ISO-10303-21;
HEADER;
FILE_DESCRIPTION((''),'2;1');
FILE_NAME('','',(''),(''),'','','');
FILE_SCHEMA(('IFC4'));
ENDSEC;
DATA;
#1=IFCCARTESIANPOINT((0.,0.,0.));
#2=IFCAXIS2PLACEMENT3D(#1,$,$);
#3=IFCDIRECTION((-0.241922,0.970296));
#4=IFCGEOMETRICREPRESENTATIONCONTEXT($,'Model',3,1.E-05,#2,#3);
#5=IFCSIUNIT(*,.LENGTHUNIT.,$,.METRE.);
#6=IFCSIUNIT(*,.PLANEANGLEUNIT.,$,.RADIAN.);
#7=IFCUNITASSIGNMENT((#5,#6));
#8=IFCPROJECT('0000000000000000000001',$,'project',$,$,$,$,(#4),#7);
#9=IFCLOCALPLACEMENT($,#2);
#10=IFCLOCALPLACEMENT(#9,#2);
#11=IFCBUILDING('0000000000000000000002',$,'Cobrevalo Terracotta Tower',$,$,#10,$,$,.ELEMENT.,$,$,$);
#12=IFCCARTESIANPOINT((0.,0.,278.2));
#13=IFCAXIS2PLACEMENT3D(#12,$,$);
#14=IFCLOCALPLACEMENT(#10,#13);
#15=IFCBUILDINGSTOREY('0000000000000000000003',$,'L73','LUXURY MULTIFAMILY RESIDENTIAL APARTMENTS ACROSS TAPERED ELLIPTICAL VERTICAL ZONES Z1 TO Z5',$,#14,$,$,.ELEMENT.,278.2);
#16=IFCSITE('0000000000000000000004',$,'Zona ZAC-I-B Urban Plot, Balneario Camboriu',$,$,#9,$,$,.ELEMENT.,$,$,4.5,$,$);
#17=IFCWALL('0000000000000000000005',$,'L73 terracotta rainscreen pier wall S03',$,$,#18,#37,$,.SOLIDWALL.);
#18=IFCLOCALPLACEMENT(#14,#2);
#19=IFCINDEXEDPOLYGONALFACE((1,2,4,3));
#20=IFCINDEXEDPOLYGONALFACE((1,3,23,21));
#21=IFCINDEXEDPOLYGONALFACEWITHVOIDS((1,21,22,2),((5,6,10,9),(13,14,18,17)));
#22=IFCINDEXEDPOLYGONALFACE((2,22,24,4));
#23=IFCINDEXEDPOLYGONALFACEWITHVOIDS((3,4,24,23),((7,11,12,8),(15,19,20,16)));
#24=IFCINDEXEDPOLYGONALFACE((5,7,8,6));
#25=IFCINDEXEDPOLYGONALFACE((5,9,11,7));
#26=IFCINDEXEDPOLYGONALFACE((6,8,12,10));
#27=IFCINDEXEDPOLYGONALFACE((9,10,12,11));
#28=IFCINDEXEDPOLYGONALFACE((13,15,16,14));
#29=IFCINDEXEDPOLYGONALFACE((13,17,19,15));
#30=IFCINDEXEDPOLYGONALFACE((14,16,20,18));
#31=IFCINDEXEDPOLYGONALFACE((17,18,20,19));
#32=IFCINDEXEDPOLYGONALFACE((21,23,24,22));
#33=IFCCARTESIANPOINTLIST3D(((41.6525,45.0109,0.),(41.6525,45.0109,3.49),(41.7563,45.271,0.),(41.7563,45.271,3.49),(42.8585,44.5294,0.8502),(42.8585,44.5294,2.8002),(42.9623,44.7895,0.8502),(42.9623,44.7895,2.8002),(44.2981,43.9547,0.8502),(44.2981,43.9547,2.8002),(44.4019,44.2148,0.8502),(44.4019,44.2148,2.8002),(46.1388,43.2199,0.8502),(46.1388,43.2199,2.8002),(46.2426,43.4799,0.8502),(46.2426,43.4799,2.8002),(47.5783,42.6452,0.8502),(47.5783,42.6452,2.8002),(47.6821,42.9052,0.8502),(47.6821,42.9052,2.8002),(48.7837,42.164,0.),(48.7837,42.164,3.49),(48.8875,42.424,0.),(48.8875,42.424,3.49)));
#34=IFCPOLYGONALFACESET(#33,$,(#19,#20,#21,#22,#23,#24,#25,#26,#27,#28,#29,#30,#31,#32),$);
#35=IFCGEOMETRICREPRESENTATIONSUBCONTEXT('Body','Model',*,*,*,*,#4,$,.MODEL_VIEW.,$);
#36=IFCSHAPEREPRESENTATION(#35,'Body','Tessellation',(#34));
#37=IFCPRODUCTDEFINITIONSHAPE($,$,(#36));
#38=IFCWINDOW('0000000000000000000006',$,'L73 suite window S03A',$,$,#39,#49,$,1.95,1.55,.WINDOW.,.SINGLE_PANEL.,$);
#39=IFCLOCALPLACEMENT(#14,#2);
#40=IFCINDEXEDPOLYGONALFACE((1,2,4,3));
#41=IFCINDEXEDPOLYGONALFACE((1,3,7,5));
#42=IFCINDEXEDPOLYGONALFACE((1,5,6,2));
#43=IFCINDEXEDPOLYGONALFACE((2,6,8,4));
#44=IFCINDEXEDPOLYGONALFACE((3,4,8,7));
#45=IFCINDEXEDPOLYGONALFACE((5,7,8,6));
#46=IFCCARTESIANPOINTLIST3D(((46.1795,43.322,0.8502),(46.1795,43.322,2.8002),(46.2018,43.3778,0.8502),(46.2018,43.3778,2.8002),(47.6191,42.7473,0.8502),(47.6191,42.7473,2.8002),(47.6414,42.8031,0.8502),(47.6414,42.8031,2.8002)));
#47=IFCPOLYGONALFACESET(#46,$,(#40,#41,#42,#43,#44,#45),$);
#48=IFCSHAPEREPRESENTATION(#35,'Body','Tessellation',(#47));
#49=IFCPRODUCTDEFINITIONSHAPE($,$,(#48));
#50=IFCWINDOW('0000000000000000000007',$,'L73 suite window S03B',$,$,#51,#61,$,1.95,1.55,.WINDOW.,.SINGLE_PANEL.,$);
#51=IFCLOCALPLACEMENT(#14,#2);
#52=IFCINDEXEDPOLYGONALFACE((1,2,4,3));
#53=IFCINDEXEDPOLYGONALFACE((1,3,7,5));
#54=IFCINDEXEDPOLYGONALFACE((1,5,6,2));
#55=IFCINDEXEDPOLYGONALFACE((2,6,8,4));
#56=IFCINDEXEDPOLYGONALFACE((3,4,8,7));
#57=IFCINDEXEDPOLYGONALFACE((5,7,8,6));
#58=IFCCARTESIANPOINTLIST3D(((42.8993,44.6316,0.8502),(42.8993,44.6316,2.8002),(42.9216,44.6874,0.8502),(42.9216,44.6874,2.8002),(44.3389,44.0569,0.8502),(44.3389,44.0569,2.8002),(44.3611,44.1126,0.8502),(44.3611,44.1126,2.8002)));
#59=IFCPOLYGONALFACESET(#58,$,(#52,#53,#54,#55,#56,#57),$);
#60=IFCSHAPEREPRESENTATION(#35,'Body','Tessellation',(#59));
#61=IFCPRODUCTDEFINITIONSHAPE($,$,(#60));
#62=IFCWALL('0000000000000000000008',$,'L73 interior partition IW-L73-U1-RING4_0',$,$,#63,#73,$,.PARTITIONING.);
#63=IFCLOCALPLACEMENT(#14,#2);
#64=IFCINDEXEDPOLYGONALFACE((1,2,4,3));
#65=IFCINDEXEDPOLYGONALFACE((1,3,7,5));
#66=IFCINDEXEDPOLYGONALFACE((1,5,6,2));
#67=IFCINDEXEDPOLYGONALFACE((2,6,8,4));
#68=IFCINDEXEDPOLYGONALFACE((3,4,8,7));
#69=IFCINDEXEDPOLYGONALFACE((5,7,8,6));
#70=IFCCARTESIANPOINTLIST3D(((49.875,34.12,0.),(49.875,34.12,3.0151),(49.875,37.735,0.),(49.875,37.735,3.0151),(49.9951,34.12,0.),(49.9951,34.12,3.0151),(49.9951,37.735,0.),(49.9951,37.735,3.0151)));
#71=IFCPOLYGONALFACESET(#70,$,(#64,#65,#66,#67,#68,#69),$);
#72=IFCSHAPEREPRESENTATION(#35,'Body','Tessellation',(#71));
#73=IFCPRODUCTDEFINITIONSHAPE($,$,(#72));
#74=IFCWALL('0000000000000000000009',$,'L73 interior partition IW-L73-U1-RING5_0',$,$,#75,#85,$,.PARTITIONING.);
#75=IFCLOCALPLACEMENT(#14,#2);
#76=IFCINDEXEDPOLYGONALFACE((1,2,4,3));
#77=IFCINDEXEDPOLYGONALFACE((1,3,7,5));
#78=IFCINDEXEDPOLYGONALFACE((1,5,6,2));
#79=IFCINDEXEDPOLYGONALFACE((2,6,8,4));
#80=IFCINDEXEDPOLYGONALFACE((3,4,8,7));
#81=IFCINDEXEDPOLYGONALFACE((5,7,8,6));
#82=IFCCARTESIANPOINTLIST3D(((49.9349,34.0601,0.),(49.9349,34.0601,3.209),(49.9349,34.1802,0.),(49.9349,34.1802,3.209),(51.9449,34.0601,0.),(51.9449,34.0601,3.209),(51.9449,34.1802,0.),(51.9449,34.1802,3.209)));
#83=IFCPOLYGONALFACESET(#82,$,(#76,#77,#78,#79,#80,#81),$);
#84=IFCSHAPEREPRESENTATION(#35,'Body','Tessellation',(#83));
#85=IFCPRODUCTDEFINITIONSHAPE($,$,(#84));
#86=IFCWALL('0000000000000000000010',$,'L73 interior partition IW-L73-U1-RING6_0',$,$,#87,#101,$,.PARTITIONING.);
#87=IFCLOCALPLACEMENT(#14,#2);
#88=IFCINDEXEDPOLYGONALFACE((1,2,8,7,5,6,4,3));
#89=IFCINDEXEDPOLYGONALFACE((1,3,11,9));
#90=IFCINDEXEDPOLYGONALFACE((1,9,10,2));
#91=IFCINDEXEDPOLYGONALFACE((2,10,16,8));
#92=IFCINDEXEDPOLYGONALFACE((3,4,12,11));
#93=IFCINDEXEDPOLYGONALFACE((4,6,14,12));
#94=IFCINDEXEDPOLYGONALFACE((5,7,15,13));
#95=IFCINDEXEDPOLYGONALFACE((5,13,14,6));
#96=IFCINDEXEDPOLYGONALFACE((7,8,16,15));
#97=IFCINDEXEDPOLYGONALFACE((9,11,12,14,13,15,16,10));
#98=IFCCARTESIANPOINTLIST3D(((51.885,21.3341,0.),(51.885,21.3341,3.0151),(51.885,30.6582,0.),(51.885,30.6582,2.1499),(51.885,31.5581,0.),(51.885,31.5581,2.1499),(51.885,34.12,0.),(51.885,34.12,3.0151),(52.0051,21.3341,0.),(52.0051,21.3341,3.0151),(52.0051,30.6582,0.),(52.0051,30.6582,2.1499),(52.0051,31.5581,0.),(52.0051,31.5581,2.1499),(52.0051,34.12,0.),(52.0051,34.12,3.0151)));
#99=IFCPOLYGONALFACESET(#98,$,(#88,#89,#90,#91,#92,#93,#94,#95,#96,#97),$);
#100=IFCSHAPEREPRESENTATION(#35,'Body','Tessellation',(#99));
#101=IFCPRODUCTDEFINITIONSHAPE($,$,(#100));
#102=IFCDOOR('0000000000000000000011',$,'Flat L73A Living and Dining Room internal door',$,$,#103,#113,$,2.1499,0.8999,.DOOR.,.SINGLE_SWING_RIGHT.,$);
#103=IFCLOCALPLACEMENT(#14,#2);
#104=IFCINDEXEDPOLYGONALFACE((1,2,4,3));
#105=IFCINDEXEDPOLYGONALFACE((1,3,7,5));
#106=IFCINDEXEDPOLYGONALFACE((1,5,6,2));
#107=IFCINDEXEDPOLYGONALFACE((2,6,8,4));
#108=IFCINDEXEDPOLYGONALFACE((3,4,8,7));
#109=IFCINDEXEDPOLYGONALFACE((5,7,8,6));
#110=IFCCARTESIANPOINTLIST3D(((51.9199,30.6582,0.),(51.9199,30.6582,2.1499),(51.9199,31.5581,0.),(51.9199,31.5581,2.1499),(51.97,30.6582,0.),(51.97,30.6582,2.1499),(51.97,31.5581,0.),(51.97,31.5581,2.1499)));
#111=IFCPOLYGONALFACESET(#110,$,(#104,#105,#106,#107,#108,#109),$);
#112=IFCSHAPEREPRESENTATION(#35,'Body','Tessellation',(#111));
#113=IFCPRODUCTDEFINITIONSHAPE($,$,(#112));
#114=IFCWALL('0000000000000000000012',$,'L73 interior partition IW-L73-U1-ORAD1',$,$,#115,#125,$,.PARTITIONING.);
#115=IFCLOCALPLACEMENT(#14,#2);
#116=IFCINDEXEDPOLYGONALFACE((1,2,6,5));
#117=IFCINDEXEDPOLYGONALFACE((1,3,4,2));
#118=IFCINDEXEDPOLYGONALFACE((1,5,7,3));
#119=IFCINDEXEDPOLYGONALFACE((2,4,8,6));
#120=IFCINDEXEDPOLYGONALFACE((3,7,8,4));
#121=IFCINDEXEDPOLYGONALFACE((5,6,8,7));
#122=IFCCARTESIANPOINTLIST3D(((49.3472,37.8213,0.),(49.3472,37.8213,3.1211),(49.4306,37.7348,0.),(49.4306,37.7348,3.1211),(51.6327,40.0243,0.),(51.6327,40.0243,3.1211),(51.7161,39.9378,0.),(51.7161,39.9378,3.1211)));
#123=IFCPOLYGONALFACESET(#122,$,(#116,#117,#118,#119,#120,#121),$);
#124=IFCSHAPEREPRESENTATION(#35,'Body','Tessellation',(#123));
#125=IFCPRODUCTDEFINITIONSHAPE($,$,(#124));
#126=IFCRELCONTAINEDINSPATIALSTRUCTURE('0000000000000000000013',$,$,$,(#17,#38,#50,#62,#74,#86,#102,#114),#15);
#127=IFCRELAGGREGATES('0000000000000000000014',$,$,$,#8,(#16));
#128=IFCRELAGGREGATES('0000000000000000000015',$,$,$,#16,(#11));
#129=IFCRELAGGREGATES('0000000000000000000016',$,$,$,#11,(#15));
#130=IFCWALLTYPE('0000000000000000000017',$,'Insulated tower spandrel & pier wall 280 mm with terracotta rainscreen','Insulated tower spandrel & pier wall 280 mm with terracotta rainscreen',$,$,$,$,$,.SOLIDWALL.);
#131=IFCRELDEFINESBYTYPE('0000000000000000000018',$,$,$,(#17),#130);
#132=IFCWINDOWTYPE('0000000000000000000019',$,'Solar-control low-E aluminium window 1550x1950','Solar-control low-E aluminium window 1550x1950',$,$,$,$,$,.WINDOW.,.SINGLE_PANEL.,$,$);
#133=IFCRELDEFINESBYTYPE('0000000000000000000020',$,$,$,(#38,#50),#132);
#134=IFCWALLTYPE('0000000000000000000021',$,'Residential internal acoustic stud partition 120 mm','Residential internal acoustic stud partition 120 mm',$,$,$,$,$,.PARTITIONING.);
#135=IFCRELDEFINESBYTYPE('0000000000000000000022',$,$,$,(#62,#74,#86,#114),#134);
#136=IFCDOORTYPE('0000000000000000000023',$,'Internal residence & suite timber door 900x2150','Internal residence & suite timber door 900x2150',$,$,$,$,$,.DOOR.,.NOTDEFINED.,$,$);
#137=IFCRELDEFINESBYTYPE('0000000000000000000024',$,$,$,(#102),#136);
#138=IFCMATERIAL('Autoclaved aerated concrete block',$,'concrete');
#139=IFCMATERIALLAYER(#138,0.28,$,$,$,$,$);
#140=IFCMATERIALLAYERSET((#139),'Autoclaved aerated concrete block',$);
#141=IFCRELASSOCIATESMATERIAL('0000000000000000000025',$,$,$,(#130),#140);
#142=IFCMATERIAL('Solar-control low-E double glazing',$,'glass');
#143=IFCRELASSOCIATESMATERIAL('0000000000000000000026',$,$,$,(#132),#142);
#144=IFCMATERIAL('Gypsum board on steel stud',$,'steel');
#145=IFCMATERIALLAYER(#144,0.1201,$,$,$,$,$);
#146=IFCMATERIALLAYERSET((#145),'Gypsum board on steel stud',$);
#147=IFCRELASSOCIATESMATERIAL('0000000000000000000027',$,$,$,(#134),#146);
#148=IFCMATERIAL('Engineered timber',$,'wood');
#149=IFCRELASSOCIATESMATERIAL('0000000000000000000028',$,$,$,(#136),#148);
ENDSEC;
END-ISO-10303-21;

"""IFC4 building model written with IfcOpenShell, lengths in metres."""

from ifc_helpers import new_model, si_unit, direction, frame, frame_2d, origin, place, context, subcontext, project, spatial, rectangle, extrude, source, transform, mapped, material, layer, layer_set, type_object, element, fill, save


model = new_model("IFC4")

# Units and contexts
model_context = context("Model", 3, precision=1e-05, world=origin(), true_north=direction((-0.241922, 0.970296)))
body_context = subcontext(model_context, "Body", "Model", "MODEL_VIEW")
ifc_project = project(units=[si_unit("LENGTHUNIT", "METRE"), si_unit("PLANEANGLEUNIT", "RADIAN")], contexts=[model_context])

# Site, building, storey
site_placement = place(None, origin())
site = spatial("IfcSite", under=ifc_project, at=site_placement, Name="Zona ZAC-I-B Urban Plot, Balneario Camboriu", CompositionType="ELEMENT", RefElevation=4.5)
building_placement = place(site_placement, origin())
building = spatial("IfcBuilding", under=site, at=building_placement, Name="Cobrevalo Terracotta Tower", CompositionType="ELEMENT")
storey_placement = place(building_placement, frame((0.0, 0.0, 278.2)))
storey = spatial("IfcBuildingStorey", under=building, at=storey_placement, Name="L73", Description="LUXURY MULTIFAMILY RESIDENTIAL APARTMENTS ACROSS TAPERED ELLIPTICAL VERTICAL ZONES Z1 TO Z5", CompositionType="ELEMENT", Elevation=278.2)

# Shared definitions
ifc_material_1 = material(Name="Solar-control low-E double glazing", Category="glass")

# Wall, openings, windows
ifc_material_2 = material(Name="Autoclaved aerated concrete block", Category="concrete")
ifc_layer_1 = layer(ifc_material_2, 0.28)
ifc_layer_set_1 = layer_set([ifc_layer_1], Name="Autoclaved aerated concrete block")
wall_type_1 = type_object("IfcWallType", Name="Insulated tower spandrel & pier wall 280 mm with terracotta rainscreen", Description="Insulated tower spandrel & pier wall 280 mm with terracotta rainscreen", PredefinedType="SOLIDWALL", material=ifc_layer_set_1)
wall_1_placement = place(storey_placement, frame((48.8357, 42.2939, 0.0), z_axis=(0.0, 0.0, 1.0), x_axis=(-0.928724, 0.370771, 0.0)))
wall_1 = element("IfcWall", 1, at=wall_1_placement, inside=storey, type_object=wall_type_1, Name="L73 terracotta rainscreen pier wall S03", PredefinedType="SOLIDWALL", context=body_context, shape_type="SweptSolid", body=[
    extrude(rectangle(XDim=7.6785, YDim=0.28, at=frame_2d((3.8394, 0.0))), origin(), (0.0, 0.0, 1.0), 3.49),
])
opening_1_placement = place(wall_1_placement, frame((1.2981, 0.0, 0.8501)))
opening_1 = element("IfcOpeningElement", 2, at=opening_1_placement, cuts=wall_1, PredefinedType="OPENING", context=body_context, shape_type="SweptSolid", body=[
    extrude(rectangle(XDim=1.55, YDim=1.95, at=frame_2d((0.7749, 0.9751))), frame((0.0, 0.1499, 0.0), z_axis=(0.0, -1.0, 0.0), x_axis=(1.0, 0.0, 0.0)), (0.0, 0.0, 1.0), 0.3),
])
opening_2_placement = place(wall_1_placement, frame((4.8301, 0.0, 0.8501)))
opening_2 = element("IfcOpeningElement", 3, at=opening_2_placement, cuts=wall_1, PredefinedType="OPENING", context=body_context, shape_type="SweptSolid", body=[
    extrude(rectangle(XDim=1.55, YDim=1.95, at=frame_2d((0.7749, 0.9751))), frame((0.0, 0.1499, 0.0), z_axis=(0.0, -1.0, 0.0), x_axis=(1.0, 0.0, 0.0)), (0.0, 0.0, 1.0), 0.3),
])
window_type = type_object("IfcWindowType", Name="Solar-control low-E aluminium window 1550x1950", Description="Solar-control low-E aluminium window 1550x1950", PartitioningType="SINGLE_PANEL", PredefinedType="WINDOW", material=ifc_material_1)
shared_shape_1 = source(origin(), body_context, "Body", "SweptSolid", [
    extrude(rectangle(XDim=1.55, YDim=1.95, at=frame_2d((0.7749, 0.9751))), frame((0.0, 0.03, 0.0), z_axis=(0.0, -1.0, 0.0), x_axis=(1.0, 0.0, 0.0)), (0.0, 0.0, 1.0), 0.0601),
])
window_1_placement = place(opening_1_placement, origin())
window_1 = element("IfcWindow", 4, at=window_1_placement, inside=storey, type_object=window_type, Name="L73 suite window S03A", OverallHeight=1.95, OverallWidth=1.55, PartitioningType="SINGLE_PANEL", PredefinedType="WINDOW", context=body_context, shape_type="MappedRepresentation", body=[
    mapped(shared_shape_1, transform((0.0, 0.0, 0.0), scale=1.0)),
])
fill(opening_1, window_1)
window_2_placement = place(opening_2_placement, origin())
window_2 = element("IfcWindow", 5, at=window_2_placement, inside=storey, type_object=window_type, Name="L73 suite window S03B", OverallHeight=1.95, OverallWidth=1.55, PartitioningType="SINGLE_PANEL", PredefinedType="WINDOW", context=body_context, shape_type="MappedRepresentation", body=[
    mapped(shared_shape_1, transform((0.0, 0.0, 0.0), scale=1.0)),
])
fill(opening_2, window_2)

# Walls
ifc_material_3 = material(Name="Gypsum board on steel stud", Category="steel")
ifc_layer_2 = layer(ifc_material_3, 0.1201)
ifc_layer_set_2 = layer_set([ifc_layer_2], Name="Gypsum board on steel stud")
wall_type_2 = type_object("IfcWallType", Name="Residential internal acoustic stud partition 120 mm", Description="Residential internal acoustic stud partition 120 mm", PredefinedType="PARTITIONING", material=ifc_layer_set_2)
wall_2_placement = place(storey_placement, frame((49.9351, 37.7351, 0.0), z_axis=(0.0, 0.0, 1.0), x_axis=(0.0, -1.0, 0.0)))
element("IfcWall", 6, at=wall_2_placement, inside=storey, type_object=wall_type_2, Name="L73 interior partition IW-L73-U1-RING4_0", PredefinedType="PARTITIONING", context=body_context, shape_type="SweptSolid", body=[
    extrude(rectangle(XDim=3.615, YDim=0.1201, at=frame_2d((1.8076, 0.0))), origin(), (0.0, 0.0, 1.0), 3.0151),
])
wall_3_placement = place(storey_placement, frame((49.9351, 34.1201, 0.0), z_axis=(0.0, 0.0, 1.0), x_axis=(1.0, 0.0, 0.0)))
element("IfcWall", 7, at=wall_3_placement, inside=storey, type_object=wall_type_2, Name="L73 interior partition IW-L73-U1-RING5_0", PredefinedType="PARTITIONING", context=body_context, shape_type="SweptSolid", body=[
    extrude(rectangle(XDim=2.01, YDim=0.1201, at=frame_2d((1.0049, 0.0))), origin(), (0.0, 0.0, 1.0), 3.209),
])

# Wall, opening, door
wall_4_placement = place(storey_placement, frame((51.9451, 34.1201, 0.0), z_axis=(0.0, 0.0, 1.0), x_axis=(0.0, -1.0, 0.0)))
wall_4 = element("IfcWall", 8, at=wall_4_placement, inside=storey, type_object=wall_type_2, Name="L73 interior partition IW-L73-U1-RING6_0", PredefinedType="PARTITIONING", context=body_context, shape_type="SweptSolid", body=[
    extrude(rectangle(XDim=12.7859, YDim=0.1201, at=frame_2d((6.3931, 0.0))), origin(), (0.0, 0.0, 1.0), 3.0151),
])
opening_3_placement = place(wall_4_placement, frame((2.562, 0.0, 0.0)))
opening_3 = element("IfcOpeningElement", 9, at=opening_3_placement, cuts=wall_4, PredefinedType="OPENING", context=body_context, shape_type="SweptSolid", body=[
    extrude(rectangle(XDim=0.8999, YDim=2.1499, at=frame_2d((0.45, 1.075))), frame((0.0, 0.0701, 0.0), z_axis=(0.0, -1.0, 0.0), x_axis=(1.0, 0.0, 0.0)), (0.0, 0.0, 1.0), 0.1401),
])
ifc_material_4 = material(Name="Engineered timber", Category="wood")
door_type = type_object("IfcDoorType", Name="Internal residence & suite timber door 900x2150", Description="Internal residence & suite timber door 900x2150", OperationType="NOTDEFINED", PredefinedType="DOOR", material=ifc_material_4)
shared_shape_2 = source(origin(), body_context, "Body", "SweptSolid", [
    extrude(rectangle(XDim=0.8999, YDim=2.1499, at=frame_2d((0.45, 1.075))), frame((0.0, 0.0249, 0.0), z_axis=(0.0, -1.0, 0.0), x_axis=(1.0, 0.0, 0.0)), (0.0, 0.0, 1.0), 0.05),
])
door_placement = place(opening_3_placement, origin())
door = element("IfcDoor", 10, at=door_placement, inside=storey, type_object=door_type, Name="Flat L73A Living and Dining Room internal door", OperationType="SINGLE_SWING_RIGHT", OverallHeight=2.1499, OverallWidth=0.8999, PredefinedType="DOOR", context=body_context, shape_type="MappedRepresentation", body=[
    mapped(shared_shape_2, transform((0.0, 0.0, 0.0), scale=1.0)),
])
fill(opening_3, door)

# Wall
wall_5_placement = place(storey_placement, frame((49.3889, 37.7781, 0.0), z_axis=(0.0, 0.0, 1.0), x_axis=(0.719986, 0.693989, 0.0)))
element("IfcWall", 11, at=wall_5_placement, inside=storey, type_object=wall_type_2, Name="L73 interior partition IW-L73-U1-ORAD1", PredefinedType="PARTITIONING", context=body_context, shape_type="SweptSolid", body=[
    extrude(rectangle(XDim=3.1743, YDim=0.1201, at=frame_2d((1.5872, 0.0))), origin(), (0.0, 0.0, 1.0), 3.1211),
])

save(model, "model.ifc")
